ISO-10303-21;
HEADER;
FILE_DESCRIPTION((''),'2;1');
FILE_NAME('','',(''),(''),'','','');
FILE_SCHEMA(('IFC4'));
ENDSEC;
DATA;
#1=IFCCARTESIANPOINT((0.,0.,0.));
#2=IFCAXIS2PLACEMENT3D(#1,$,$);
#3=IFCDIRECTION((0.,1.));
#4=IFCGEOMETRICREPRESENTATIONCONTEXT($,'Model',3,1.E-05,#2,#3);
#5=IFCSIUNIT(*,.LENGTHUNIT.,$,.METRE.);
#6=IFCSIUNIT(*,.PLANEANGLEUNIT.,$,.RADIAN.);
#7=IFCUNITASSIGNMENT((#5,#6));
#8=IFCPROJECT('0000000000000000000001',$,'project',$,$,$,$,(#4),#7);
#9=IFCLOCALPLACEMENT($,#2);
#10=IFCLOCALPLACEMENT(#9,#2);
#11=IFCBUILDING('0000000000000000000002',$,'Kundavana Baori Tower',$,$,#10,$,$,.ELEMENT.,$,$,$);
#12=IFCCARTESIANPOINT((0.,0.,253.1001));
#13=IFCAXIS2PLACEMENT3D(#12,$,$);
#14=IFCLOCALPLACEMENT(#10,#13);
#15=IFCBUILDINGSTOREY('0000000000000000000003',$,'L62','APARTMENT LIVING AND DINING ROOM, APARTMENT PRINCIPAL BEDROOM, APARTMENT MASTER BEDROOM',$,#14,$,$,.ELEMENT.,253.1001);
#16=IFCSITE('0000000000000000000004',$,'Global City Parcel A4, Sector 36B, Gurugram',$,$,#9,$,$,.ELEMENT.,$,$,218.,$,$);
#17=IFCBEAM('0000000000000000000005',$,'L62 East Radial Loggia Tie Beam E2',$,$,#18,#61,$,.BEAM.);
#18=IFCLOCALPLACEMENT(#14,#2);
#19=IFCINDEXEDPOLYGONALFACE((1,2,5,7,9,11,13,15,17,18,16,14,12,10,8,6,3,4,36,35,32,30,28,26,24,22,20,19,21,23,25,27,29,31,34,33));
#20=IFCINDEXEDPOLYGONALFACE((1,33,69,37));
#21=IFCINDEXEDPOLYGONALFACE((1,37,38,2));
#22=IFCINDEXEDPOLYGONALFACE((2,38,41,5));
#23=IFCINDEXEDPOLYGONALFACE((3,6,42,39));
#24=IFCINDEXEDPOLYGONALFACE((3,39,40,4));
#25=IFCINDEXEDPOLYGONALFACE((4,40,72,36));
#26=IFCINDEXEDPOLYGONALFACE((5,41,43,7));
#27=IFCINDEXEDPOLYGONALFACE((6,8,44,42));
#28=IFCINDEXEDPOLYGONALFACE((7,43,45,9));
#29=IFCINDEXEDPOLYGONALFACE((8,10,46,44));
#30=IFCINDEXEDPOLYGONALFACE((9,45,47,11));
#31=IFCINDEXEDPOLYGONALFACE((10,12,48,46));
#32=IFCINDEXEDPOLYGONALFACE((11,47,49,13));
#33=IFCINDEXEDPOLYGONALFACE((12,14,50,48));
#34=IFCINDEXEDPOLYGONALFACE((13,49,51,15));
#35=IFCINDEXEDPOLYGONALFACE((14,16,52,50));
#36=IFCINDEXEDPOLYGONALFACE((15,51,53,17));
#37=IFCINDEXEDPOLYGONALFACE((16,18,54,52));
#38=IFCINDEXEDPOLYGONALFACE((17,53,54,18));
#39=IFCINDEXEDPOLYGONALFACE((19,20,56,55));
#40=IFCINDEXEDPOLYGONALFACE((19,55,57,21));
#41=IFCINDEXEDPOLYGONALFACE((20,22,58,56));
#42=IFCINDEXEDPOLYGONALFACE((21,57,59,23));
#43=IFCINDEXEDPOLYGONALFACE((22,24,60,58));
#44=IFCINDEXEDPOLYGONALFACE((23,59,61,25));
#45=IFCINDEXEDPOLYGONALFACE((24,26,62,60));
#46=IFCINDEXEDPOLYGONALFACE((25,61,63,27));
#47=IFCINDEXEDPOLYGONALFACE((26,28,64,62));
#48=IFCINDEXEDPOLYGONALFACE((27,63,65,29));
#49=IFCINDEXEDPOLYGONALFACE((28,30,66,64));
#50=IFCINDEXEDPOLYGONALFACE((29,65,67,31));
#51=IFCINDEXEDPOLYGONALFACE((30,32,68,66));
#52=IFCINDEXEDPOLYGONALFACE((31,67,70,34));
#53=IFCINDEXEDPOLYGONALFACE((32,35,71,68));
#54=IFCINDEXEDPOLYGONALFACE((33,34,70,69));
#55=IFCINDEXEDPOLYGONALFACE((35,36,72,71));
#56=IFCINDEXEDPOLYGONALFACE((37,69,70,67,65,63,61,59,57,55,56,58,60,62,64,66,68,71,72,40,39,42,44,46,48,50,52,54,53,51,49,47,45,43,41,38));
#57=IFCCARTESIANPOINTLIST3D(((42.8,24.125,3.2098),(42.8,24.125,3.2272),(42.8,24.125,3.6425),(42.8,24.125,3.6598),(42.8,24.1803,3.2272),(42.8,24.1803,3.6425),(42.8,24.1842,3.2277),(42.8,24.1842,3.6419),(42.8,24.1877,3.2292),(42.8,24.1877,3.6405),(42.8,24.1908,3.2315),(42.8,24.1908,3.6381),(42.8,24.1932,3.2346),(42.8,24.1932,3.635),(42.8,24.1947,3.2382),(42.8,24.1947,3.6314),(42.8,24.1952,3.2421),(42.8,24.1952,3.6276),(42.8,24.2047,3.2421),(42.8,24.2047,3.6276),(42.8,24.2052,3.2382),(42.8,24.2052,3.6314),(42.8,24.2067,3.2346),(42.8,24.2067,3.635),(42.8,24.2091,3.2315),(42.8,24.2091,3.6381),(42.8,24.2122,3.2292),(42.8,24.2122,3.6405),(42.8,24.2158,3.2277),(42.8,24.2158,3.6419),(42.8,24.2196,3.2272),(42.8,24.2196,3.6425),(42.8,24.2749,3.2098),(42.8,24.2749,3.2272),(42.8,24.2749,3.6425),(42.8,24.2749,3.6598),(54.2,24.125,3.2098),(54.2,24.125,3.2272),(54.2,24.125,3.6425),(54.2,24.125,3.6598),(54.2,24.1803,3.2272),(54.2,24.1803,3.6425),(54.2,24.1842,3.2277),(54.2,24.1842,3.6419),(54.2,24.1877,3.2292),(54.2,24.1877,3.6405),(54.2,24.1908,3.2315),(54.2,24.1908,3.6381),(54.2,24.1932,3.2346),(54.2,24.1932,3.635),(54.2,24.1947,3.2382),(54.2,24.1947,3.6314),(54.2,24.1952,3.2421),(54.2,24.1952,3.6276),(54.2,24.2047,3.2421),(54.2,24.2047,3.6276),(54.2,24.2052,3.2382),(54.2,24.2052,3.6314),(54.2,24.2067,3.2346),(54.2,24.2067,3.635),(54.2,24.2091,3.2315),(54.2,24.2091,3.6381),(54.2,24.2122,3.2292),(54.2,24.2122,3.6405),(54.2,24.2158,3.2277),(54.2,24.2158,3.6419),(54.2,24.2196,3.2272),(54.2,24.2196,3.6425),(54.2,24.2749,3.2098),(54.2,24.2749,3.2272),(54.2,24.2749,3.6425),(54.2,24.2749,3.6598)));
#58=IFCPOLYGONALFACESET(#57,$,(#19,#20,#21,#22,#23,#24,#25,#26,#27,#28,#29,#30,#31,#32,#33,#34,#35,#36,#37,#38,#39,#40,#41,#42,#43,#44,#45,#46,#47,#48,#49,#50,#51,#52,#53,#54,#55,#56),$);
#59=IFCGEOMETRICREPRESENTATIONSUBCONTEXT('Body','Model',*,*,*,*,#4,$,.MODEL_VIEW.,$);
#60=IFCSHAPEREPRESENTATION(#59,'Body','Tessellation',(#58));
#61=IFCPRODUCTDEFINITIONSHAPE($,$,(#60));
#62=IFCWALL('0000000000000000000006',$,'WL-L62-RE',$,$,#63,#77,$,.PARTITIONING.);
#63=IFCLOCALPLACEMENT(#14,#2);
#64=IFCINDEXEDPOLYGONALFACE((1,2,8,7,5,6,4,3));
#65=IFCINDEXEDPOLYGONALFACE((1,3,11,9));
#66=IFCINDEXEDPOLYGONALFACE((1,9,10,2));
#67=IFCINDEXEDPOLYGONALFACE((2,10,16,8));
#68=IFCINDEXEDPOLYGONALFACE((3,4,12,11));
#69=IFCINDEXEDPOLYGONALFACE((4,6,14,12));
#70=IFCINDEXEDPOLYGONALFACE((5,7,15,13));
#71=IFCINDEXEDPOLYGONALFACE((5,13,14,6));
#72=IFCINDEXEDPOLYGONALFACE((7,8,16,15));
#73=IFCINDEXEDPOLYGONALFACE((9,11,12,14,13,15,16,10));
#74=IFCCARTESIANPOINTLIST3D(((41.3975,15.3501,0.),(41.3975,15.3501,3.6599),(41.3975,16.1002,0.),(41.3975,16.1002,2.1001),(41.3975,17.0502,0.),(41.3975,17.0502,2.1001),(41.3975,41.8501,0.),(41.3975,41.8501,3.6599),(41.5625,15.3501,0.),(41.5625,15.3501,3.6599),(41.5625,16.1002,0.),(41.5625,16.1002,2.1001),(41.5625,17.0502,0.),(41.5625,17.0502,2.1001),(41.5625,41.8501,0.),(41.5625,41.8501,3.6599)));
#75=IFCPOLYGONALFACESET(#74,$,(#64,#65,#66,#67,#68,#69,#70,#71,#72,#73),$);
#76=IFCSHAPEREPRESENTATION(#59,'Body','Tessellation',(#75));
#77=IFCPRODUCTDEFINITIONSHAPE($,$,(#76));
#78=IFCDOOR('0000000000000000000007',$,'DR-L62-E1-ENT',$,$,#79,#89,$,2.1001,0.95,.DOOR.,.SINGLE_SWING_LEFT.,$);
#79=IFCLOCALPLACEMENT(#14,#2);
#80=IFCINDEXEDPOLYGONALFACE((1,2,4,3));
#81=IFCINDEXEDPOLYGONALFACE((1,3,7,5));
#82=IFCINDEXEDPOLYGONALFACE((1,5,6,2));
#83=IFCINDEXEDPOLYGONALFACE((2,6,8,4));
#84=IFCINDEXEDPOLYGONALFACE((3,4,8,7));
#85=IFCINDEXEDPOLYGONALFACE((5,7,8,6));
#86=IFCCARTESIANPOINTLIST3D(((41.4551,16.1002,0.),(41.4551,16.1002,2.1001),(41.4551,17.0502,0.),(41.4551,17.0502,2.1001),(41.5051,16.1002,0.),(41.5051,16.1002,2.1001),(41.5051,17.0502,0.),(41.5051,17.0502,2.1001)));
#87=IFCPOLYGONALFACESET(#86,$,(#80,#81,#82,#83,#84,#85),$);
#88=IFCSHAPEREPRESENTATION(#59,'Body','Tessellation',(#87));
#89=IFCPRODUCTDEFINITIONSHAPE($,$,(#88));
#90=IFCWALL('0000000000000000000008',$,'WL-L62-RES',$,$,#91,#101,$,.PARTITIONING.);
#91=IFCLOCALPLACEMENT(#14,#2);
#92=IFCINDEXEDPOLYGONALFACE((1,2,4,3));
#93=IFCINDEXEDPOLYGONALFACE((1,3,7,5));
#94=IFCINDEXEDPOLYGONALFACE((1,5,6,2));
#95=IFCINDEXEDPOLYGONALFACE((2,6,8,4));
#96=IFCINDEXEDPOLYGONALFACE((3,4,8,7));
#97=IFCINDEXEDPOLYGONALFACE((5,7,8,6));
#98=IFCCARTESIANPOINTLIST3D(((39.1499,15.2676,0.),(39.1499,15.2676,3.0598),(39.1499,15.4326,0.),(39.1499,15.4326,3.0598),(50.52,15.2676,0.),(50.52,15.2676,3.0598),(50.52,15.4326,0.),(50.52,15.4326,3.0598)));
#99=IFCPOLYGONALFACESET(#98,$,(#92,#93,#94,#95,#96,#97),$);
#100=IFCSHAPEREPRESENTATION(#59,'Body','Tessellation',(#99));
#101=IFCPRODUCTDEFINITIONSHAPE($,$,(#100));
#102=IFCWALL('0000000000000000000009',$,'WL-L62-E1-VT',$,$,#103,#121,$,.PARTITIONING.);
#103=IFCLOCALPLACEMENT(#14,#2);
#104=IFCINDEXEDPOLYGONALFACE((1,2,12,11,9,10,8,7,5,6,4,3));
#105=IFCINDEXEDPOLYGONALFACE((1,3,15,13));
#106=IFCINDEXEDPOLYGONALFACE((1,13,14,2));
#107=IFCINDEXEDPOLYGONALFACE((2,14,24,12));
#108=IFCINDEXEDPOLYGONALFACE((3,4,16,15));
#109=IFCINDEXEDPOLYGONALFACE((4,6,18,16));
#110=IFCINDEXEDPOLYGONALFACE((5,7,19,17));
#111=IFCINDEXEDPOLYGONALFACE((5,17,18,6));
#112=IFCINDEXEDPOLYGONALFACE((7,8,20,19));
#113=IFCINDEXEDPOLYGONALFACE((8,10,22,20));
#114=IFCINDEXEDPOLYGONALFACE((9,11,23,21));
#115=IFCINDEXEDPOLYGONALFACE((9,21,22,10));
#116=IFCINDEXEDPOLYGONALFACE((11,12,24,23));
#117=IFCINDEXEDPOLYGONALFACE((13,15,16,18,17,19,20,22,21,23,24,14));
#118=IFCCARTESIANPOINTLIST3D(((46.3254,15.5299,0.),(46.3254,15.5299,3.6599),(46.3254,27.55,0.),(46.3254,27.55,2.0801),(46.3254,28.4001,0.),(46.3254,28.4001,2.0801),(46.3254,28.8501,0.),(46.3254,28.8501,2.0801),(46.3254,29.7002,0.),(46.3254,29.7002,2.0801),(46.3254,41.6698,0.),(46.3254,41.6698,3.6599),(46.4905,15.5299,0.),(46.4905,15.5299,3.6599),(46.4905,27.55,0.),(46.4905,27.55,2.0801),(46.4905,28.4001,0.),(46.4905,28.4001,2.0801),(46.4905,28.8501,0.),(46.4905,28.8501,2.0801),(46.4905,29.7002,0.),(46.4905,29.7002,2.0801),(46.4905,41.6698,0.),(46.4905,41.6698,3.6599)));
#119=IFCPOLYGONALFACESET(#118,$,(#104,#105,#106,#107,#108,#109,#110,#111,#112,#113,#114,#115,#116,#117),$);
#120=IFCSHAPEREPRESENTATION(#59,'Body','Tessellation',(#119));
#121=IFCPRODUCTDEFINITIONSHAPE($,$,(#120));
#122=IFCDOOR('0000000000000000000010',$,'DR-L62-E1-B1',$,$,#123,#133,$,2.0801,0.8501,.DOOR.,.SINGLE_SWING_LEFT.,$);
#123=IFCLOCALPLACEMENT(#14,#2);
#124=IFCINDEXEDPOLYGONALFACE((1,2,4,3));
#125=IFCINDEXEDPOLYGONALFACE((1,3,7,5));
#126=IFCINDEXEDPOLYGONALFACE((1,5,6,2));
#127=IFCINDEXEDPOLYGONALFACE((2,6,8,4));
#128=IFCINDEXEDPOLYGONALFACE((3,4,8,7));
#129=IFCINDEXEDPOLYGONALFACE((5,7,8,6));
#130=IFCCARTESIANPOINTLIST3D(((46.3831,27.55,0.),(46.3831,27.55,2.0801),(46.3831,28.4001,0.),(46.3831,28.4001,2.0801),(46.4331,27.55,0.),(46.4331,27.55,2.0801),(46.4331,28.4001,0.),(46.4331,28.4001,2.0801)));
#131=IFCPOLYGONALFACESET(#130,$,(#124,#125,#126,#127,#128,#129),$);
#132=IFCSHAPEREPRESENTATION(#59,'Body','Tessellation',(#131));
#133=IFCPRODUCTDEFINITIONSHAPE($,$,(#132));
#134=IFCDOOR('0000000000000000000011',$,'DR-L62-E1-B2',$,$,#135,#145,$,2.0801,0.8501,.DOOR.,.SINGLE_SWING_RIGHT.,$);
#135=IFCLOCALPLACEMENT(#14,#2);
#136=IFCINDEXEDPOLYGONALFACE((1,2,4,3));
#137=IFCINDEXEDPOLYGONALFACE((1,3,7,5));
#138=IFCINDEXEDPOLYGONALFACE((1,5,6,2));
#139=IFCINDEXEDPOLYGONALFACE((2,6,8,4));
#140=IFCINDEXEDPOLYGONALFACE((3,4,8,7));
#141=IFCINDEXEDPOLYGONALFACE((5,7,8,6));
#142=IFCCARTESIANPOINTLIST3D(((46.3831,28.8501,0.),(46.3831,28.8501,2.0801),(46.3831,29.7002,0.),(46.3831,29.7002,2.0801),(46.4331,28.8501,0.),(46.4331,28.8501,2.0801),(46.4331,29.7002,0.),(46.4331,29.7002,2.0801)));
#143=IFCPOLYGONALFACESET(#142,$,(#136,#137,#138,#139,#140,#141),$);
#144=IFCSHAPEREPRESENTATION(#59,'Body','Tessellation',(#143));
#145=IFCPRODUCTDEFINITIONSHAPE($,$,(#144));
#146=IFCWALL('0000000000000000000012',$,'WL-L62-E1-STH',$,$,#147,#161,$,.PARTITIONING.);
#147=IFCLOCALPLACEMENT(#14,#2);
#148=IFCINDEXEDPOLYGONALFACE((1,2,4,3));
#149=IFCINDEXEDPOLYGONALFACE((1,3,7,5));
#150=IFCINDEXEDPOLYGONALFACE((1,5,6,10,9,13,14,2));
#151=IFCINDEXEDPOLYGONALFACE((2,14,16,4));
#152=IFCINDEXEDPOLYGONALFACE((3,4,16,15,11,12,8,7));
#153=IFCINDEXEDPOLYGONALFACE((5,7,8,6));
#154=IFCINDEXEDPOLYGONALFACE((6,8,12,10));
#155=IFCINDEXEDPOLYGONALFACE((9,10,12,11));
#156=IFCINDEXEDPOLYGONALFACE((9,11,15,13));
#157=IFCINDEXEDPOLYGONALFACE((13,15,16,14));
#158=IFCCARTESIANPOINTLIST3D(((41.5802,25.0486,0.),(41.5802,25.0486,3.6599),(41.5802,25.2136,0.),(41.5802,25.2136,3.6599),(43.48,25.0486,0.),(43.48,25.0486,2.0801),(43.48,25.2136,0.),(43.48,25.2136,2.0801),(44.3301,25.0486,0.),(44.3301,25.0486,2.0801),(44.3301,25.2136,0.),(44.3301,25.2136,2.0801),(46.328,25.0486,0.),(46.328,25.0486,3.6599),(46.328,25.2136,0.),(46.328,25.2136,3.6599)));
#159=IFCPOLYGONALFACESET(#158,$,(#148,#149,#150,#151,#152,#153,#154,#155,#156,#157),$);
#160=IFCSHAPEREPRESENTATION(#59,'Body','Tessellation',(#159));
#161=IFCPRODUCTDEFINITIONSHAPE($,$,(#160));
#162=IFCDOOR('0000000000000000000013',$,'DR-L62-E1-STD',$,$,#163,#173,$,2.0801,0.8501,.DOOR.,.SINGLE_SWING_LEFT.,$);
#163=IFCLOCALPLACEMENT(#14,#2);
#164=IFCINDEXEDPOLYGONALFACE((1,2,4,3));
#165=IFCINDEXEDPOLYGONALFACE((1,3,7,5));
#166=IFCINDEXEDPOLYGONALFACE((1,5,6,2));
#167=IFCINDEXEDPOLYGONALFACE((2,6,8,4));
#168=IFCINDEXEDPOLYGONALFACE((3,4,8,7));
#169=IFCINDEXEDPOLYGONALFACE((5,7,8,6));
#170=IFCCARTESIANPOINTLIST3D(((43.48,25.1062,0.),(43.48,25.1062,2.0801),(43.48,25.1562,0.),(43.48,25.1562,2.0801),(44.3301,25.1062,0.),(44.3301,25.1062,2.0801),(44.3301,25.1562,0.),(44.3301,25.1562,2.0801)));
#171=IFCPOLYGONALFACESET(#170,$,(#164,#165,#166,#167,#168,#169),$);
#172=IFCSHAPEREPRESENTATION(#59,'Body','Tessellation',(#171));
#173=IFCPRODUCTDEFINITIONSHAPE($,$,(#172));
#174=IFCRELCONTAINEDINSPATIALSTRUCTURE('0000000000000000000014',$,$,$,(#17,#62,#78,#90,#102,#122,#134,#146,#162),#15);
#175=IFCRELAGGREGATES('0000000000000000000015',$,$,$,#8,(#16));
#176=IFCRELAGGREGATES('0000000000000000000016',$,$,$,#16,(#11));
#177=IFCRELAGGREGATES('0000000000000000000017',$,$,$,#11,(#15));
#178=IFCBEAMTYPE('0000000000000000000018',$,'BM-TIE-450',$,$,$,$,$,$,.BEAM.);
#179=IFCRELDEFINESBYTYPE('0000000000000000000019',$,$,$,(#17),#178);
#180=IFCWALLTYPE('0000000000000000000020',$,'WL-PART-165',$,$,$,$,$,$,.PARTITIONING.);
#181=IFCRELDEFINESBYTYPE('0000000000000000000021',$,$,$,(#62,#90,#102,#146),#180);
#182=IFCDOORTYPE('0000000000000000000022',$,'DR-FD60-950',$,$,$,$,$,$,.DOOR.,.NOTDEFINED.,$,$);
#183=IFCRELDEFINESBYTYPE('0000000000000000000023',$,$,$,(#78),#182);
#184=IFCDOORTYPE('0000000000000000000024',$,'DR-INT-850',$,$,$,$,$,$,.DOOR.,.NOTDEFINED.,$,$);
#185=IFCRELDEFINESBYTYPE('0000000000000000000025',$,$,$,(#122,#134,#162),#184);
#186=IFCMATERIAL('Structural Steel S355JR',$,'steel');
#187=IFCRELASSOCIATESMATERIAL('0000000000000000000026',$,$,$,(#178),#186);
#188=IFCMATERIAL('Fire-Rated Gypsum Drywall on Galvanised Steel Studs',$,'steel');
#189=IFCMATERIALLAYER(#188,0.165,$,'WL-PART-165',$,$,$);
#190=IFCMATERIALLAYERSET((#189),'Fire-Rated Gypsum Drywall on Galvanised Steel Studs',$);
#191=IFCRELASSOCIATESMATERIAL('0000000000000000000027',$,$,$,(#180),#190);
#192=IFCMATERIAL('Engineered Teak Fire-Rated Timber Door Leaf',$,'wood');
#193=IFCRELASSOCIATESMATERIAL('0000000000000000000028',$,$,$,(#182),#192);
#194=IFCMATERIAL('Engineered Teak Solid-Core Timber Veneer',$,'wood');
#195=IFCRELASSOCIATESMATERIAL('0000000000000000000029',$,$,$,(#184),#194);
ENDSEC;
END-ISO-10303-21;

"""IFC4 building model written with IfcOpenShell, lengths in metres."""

from ifc_helpers import new_model, si_unit, direction, frame, frame_2d, origin, origin_2d, place, context, subcontext, project, spatial, rectangle, i_section, extrude, material, layer, layer_set, material_profile, profile_set, type_object, element, fill, save


model = new_model("IFC4")

# Units and contexts
model_context = context("Model", 3, precision=1e-05, world=origin(), true_north=direction((0.0, 1.0)))
body_context = subcontext(model_context, "Body", "Model", "MODEL_VIEW")
ifc_project = project(units=[si_unit("LENGTHUNIT", "METRE"), si_unit("PLANEANGLEUNIT", "RADIAN")], contexts=[model_context])

# Site, building, storey
site_placement = place(None, origin())
site = spatial("IfcSite", under=ifc_project, at=site_placement, Name="Global City Parcel A4, Sector 36B, Gurugram", CompositionType="ELEMENT", RefElevation=218.0)
building_placement = place(site_placement, origin())
building = spatial("IfcBuilding", under=site, at=building_placement, Name="Kundavana Baori Tower", CompositionType="ELEMENT")
storey_placement = place(building_placement, frame((0.0, 0.0, 253.1001)))
storey = spatial("IfcBuildingStorey", under=building, at=storey_placement, Name="L62", Description="APARTMENT LIVING AND DINING ROOM, APARTMENT PRINCIPAL BEDROOM, APARTMENT MASTER BEDROOM", CompositionType="ELEMENT", Elevation=253.1001)

# Beam
ifc_material_1 = material(Name="Structural Steel S355JR", Category="steel")
ifc_material_profile_1 = material_profile(ifc_material_1, i_section(OverallWidth=0.1499, OverallDepth=0.45, WebThickness=0.0095, FlangeThickness=0.0173, FilletRadius=0.0149, at=origin_2d()), Name="ISMB 450")
ifc_profile_set_1 = profile_set([ifc_material_profile_1], Name="Structural Steel S355JR")
beam_type_1 = type_object("IfcBeamType", Name="BM-TIE-450", PredefinedType="BEAM", material=ifc_profile_set_1)
beam_1_placement = place(storey_placement, frame((42.8, 24.2, 3.4348), z_axis=(1.0, 0.0, 0.0), x_axis=(0.0, 1.0, 0.0)))
element("IfcBeam", 1, at=beam_1_placement, inside=storey, type_object=beam_type_1, Name="L62 East Radial Loggia Tie Beam E2", PredefinedType="BEAM", context=body_context, shape_type="SweptSolid", body=[
    extrude(i_section(OverallWidth=0.1499, OverallDepth=0.45, WebThickness=0.0095, FlangeThickness=0.0173, FilletRadius=0.0149, at=origin_2d()), origin(), (0.0, 0.0, 1.0), 11.3999),
])

# Wall, opening, door
ifc_material_2 = material(Name="Fire-Rated Gypsum Drywall on Galvanised Steel Studs", Category="steel")
ifc_layer_1 = layer(ifc_material_2, 0.165, Name="WL-PART-165")
ifc_layer_set_1 = layer_set([ifc_layer_1], Name="Fire-Rated Gypsum Drywall on Galvanised Steel Studs")
wall_type_1 = type_object("IfcWallType", Name="WL-PART-165", PredefinedType="PARTITIONING", material=ifc_layer_set_1)
wall_1_placement = place(storey_placement, frame((41.48, 15.3501, 0.0), z_axis=(0.0, 0.0, 1.0), x_axis=(0.0, 1.0, 0.0)))
wall_1 = element("IfcWall", 2, at=wall_1_placement, inside=storey, type_object=wall_type_1, Name="WL-L62-RE", PredefinedType="PARTITIONING", context=body_context, shape_type="SweptSolid", body=[
    extrude(rectangle(XDim=26.5, YDim=0.165, at=frame_2d((13.25, 0.0))), origin(), (0.0, 0.0, 1.0), 3.6599),
])
opening_1_placement = place(wall_1_placement, frame((0.75, 0.0, 0.0)))
opening_1 = element("IfcOpeningElement", 3, at=opening_1_placement, cuts=wall_1, PredefinedType="OPENING", context=body_context, shape_type="SweptSolid", body=[
    extrude(rectangle(XDim=0.95, YDim=2.1001, at=frame_2d((0.4751, 1.05))), frame((0.0, 0.0925, 0.0), z_axis=(0.0, -1.0, 0.0), x_axis=(1.0, 0.0, 0.0)), (0.0, 0.0, 1.0), 0.1851),
])
ifc_material_3 = material(Name="Engineered Teak Fire-Rated Timber Door Leaf", Category="wood")
door_type_1 = type_object("IfcDoorType", Name="DR-FD60-950", OperationType="NOTDEFINED", PredefinedType="DOOR", material=ifc_material_3)
door_1_placement = place(opening_1_placement, origin())
door_1 = element("IfcDoor", 4, at=door_1_placement, inside=storey, type_object=door_type_1, Name="DR-L62-E1-ENT", OperationType="SINGLE_SWING_LEFT", OverallHeight=2.1001, OverallWidth=0.95, PredefinedType="DOOR", context=body_context, shape_type="SweptSolid", body=[
    extrude(rectangle(XDim=0.95, YDim=2.1001, at=frame_2d((0.4751, 1.05))), frame((0.0, 0.0249, 0.0), z_axis=(0.0, -1.0, 0.0), x_axis=(1.0, 0.0, 0.0)), (0.0, 0.0, 1.0), 0.05),
])
fill(opening_1, door_1)

# Wall
wall_2_placement = place(storey_placement, frame((39.1499, 15.3501, 0.0), z_axis=(0.0, 0.0, 1.0), x_axis=(1.0, 0.0, 0.0)))
element("IfcWall", 5, at=wall_2_placement, inside=storey, type_object=wall_type_1, Name="WL-L62-RES", PredefinedType="PARTITIONING", context=body_context, shape_type="SweptSolid", body=[
    extrude(rectangle(XDim=11.3701, YDim=0.165, at=frame_2d((5.6851, 0.0))), origin(), (0.0, 0.0, 1.0), 3.0598),
])

# Wall, openings, doors
wall_3_placement = place(storey_placement, frame((46.408, 15.53, 0.0), z_axis=(0.0, 0.0, 1.0), x_axis=(0.0, 1.0, 0.0)))
wall_3 = element("IfcWall", 6, at=wall_3_placement, inside=storey, type_object=wall_type_1, Name="WL-L62-E1-VT", PredefinedType="PARTITIONING", context=body_context, shape_type="SweptSolid", body=[
    extrude(rectangle(XDim=26.1399, YDim=0.165, at=frame_2d((13.0698, 0.0))), origin(), (0.0, 0.0, 1.0), 3.6599),
])
opening_2_placement = place(wall_3_placement, frame((12.02, 0.0, 0.0)))
opening_2 = element("IfcOpeningElement", 7, at=opening_2_placement, cuts=wall_3, PredefinedType="OPENING", context=body_context, shape_type="SweptSolid", body=[
    extrude(rectangle(XDim=0.8501, YDim=2.0801, at=frame_2d((0.425, 1.04))), frame((0.0, 0.0925, 0.0), z_axis=(0.0, -1.0, 0.0), x_axis=(1.0, 0.0, 0.0)), (0.0, 0.0, 1.0), 0.1851),
])
opening_3_placement = place(wall_3_placement, frame((13.3201, 0.0, 0.0)))
opening_3 = element("IfcOpeningElement", 8, at=opening_3_placement, cuts=wall_3, PredefinedType="OPENING", context=body_context, shape_type="SweptSolid", body=[
    extrude(rectangle(XDim=0.8501, YDim=2.0801, at=frame_2d((0.425, 1.04))), frame((0.0, 0.0925, 0.0), z_axis=(0.0, -1.0, 0.0), x_axis=(1.0, 0.0, 0.0)), (0.0, 0.0, 1.0), 0.1851),
])
ifc_material_4 = material(Name="Engineered Teak Solid-Core Timber Veneer", Category="wood")
door_type_2 = type_object("IfcDoorType", Name="DR-INT-850", OperationType="NOTDEFINED", PredefinedType="DOOR", material=ifc_material_4)
door_2_placement = place(opening_2_placement, origin())
door_2 = element("IfcDoor", 9, at=door_2_placement, inside=storey, type_object=door_type_2, Name="DR-L62-E1-B1", OperationType="SINGLE_SWING_LEFT", OverallHeight=2.0801, OverallWidth=0.8501, PredefinedType="DOOR", context=body_context, shape_type="SweptSolid", body=[
    extrude(rectangle(XDim=0.8501, YDim=2.0801, at=frame_2d((0.425, 1.04))), frame((0.0, 0.0249, 0.0), z_axis=(0.0, -1.0, 0.0), x_axis=(1.0, 0.0, 0.0)), (0.0, 0.0, 1.0), 0.05),
])
fill(opening_2, door_2)
door_3_placement = place(opening_3_placement, origin())
door_3 = element("IfcDoor", 10, at=door_3_placement, inside=storey, type_object=door_type_2, Name="DR-L62-E1-B2", OperationType="SINGLE_SWING_RIGHT", OverallHeight=2.0801, OverallWidth=0.8501, PredefinedType="DOOR", context=body_context, shape_type="SweptSolid", body=[
    extrude(rectangle(XDim=0.8501, YDim=2.0801, at=frame_2d((0.425, 1.04))), frame((0.0, 0.0249, 0.0), z_axis=(0.0, -1.0, 0.0), x_axis=(1.0, 0.0, 0.0)), (0.0, 0.0, 1.0), 0.05),
])
fill(opening_3, door_3)

# Wall, opening, door
wall_4_placement = place(storey_placement, frame((41.5801, 25.1311, 0.0), z_axis=(0.0, 0.0, 1.0), x_axis=(1.0, 0.0, 0.0)))
wall_4 = element("IfcWall", 11, at=wall_4_placement, inside=storey, type_object=wall_type_1, Name="WL-L62-E1-STH", PredefinedType="PARTITIONING", context=body_context, shape_type="SweptSolid", body=[
    extrude(rectangle(XDim=4.7478, YDim=0.165, at=frame_2d((2.374, 0.0))), origin(), (0.0, 0.0, 1.0), 3.6599),
])
opening_4_placement = place(wall_4_placement, frame((1.8999, 0.0, 0.0)))
opening_4 = element("IfcOpeningElement", 12, at=opening_4_placement, cuts=wall_4, PredefinedType="OPENING", context=body_context, shape_type="SweptSolid", body=[
    extrude(rectangle(XDim=0.8501, YDim=2.0801, at=frame_2d((0.425, 1.04))), frame((0.0, 0.0925, 0.0), z_axis=(0.0, -1.0, 0.0), x_axis=(1.0, 0.0, 0.0)), (0.0, 0.0, 1.0), 0.1851),
])
door_4_placement = place(opening_4_placement, frame((0.8501, 0.0, 0.0), z_axis=(0.0, 0.0, 1.0), x_axis=(-1.0, 0.0, 0.0)))
door_4 = element("IfcDoor", 13, at=door_4_placement, inside=storey, type_object=door_type_2, Name="DR-L62-E1-STD", OperationType="SINGLE_SWING_LEFT", OverallHeight=2.0801, OverallWidth=0.8501, PredefinedType="DOOR", context=body_context, shape_type="SweptSolid", body=[
    extrude(rectangle(XDim=0.8501, YDim=2.0801, at=frame_2d((0.425, 1.04))), frame((0.0, 0.0249, 0.0), z_axis=(0.0, -1.0, 0.0), x_axis=(1.0, 0.0, 0.0)), (0.0, 0.0, 1.0), 0.05),
])
fill(opening_4, door_4)

save(model, "model.ifc")
